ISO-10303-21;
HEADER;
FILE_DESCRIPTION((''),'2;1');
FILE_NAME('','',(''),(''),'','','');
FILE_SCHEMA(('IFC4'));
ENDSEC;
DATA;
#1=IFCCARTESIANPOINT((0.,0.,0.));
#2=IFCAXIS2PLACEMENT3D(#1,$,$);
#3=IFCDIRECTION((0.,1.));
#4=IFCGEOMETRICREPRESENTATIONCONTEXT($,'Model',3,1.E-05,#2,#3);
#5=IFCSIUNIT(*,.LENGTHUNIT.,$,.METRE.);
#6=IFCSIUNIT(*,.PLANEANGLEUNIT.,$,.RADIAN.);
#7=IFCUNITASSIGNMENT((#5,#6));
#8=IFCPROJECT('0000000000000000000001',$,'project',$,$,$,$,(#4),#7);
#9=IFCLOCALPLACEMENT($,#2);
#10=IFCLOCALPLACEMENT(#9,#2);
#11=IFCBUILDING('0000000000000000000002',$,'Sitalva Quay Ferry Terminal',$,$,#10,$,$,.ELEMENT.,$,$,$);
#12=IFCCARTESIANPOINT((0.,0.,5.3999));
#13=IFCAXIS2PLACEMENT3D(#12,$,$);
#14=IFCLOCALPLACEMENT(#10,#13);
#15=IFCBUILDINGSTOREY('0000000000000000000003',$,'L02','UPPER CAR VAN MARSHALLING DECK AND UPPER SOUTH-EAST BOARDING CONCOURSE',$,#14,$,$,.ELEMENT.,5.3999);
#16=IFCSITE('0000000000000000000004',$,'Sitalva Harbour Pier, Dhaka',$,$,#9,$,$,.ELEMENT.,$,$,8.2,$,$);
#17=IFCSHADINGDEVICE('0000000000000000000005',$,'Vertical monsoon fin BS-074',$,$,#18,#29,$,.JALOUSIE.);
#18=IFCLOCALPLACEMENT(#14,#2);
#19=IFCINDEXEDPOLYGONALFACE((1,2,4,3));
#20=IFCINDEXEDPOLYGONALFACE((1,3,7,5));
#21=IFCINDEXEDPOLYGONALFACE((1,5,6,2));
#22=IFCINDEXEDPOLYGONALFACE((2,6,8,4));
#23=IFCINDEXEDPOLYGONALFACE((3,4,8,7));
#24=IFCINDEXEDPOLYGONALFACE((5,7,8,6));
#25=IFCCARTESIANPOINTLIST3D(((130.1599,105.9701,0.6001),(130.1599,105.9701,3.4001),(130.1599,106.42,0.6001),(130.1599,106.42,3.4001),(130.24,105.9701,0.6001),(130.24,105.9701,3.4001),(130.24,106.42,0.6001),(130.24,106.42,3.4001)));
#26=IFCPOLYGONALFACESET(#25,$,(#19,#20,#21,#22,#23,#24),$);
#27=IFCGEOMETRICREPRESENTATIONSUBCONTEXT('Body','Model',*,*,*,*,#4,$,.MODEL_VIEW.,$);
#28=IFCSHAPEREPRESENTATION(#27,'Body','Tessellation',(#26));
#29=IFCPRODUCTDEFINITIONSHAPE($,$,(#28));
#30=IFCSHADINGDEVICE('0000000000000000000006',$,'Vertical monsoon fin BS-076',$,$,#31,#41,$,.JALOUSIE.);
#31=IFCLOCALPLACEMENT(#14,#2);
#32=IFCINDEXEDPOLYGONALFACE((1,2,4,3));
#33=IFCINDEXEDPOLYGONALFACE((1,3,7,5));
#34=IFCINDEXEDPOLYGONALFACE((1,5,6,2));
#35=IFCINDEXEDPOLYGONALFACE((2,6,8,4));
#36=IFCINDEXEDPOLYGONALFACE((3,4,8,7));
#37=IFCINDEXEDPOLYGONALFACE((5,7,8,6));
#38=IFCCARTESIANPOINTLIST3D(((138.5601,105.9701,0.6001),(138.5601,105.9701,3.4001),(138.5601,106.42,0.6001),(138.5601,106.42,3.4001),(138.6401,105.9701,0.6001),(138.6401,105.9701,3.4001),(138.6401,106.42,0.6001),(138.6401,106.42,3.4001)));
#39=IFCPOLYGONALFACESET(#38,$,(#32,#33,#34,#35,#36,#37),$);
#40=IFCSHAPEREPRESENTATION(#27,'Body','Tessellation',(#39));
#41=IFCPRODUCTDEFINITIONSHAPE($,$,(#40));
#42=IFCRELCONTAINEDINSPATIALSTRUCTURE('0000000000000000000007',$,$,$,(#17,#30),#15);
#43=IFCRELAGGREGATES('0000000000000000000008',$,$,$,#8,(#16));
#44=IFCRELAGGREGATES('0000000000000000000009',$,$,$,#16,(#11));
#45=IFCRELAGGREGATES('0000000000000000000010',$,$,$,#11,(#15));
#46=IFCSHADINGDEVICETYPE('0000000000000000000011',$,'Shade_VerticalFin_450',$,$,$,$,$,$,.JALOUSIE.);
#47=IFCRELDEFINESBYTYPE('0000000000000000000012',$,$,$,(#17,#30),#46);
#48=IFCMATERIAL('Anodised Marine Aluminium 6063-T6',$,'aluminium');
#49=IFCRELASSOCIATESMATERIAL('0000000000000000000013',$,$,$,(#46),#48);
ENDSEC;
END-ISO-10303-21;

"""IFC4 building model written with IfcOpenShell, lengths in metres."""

from ifc_helpers import new_model, si_unit, direction, frame, origin, origin_2d, place, context, subcontext, project, spatial, rectangle, extrude, material, type_object, element, save


model = new_model("IFC4")

# Units and contexts
model_context = context("Model", 3, precision=1e-05, world=origin(), true_north=direction((0.0, 1.0)))
body_context = subcontext(model_context, "Body", "Model", "MODEL_VIEW")
ifc_project = project(units=[si_unit("LENGTHUNIT", "METRE"), si_unit("PLANEANGLEUNIT", "RADIAN")], contexts=[model_context])

# Site, building, storey
site_placement = place(None, origin())
site = spatial("IfcSite", under=ifc_project, at=site_placement, Name="Sitalva Harbour Pier, Dhaka", CompositionType="ELEMENT", RefElevation=8.2)
building_placement = place(site_placement, origin())
building = spatial("IfcBuilding", under=site, at=building_placement, Name="Sitalva Quay Ferry Terminal", CompositionType="ELEMENT")
storey_placement = place(building_placement, frame((0.0, 0.0, 5.3999)))
storey = spatial("IfcBuildingStorey", under=building, at=storey_placement, Name="L02", Description="UPPER CAR VAN MARSHALLING DECK AND UPPER SOUTH-EAST BOARDING CONCOURSE", CompositionType="ELEMENT", Elevation=5.3999)

# Shading devices
ifc_material_1 = material(Name="Anodised Marine Aluminium 6063-T6", Category="aluminium")
shading_device_type_1 = type_object("IfcShadingDeviceType", Name="Shade_VerticalFin_450", PredefinedType="JALOUSIE", material=ifc_material_1)
for number, where, z_axis, x_axis, name in (
    (1, (130.2, 106.1951, 0.6001), (0.0, 0.0, 1.0), (1.0, 0.0, 0.0), "Vertical monsoon fin BS-074"),
    (2, (138.6001, 106.1951, 0.6001), (0.0, 0.0, 1.0), (1.0, 0.0, 0.0), "Vertical monsoon fin BS-076"),
):
    element("IfcShadingDevice", number, at=place(storey_placement, frame(where, z_axis=z_axis, x_axis=x_axis)), inside=storey, type_object=shading_device_type_1, Name=name, PredefinedType="JALOUSIE", context=body_context, shape_type="SweptSolid", body=[
        extrude(rectangle(XDim=0.0801, YDim=0.45, at=origin_2d()), origin(), (0.0, 0.0, 1.0), 2.8),
    ])

save(model, "model.ifc")
